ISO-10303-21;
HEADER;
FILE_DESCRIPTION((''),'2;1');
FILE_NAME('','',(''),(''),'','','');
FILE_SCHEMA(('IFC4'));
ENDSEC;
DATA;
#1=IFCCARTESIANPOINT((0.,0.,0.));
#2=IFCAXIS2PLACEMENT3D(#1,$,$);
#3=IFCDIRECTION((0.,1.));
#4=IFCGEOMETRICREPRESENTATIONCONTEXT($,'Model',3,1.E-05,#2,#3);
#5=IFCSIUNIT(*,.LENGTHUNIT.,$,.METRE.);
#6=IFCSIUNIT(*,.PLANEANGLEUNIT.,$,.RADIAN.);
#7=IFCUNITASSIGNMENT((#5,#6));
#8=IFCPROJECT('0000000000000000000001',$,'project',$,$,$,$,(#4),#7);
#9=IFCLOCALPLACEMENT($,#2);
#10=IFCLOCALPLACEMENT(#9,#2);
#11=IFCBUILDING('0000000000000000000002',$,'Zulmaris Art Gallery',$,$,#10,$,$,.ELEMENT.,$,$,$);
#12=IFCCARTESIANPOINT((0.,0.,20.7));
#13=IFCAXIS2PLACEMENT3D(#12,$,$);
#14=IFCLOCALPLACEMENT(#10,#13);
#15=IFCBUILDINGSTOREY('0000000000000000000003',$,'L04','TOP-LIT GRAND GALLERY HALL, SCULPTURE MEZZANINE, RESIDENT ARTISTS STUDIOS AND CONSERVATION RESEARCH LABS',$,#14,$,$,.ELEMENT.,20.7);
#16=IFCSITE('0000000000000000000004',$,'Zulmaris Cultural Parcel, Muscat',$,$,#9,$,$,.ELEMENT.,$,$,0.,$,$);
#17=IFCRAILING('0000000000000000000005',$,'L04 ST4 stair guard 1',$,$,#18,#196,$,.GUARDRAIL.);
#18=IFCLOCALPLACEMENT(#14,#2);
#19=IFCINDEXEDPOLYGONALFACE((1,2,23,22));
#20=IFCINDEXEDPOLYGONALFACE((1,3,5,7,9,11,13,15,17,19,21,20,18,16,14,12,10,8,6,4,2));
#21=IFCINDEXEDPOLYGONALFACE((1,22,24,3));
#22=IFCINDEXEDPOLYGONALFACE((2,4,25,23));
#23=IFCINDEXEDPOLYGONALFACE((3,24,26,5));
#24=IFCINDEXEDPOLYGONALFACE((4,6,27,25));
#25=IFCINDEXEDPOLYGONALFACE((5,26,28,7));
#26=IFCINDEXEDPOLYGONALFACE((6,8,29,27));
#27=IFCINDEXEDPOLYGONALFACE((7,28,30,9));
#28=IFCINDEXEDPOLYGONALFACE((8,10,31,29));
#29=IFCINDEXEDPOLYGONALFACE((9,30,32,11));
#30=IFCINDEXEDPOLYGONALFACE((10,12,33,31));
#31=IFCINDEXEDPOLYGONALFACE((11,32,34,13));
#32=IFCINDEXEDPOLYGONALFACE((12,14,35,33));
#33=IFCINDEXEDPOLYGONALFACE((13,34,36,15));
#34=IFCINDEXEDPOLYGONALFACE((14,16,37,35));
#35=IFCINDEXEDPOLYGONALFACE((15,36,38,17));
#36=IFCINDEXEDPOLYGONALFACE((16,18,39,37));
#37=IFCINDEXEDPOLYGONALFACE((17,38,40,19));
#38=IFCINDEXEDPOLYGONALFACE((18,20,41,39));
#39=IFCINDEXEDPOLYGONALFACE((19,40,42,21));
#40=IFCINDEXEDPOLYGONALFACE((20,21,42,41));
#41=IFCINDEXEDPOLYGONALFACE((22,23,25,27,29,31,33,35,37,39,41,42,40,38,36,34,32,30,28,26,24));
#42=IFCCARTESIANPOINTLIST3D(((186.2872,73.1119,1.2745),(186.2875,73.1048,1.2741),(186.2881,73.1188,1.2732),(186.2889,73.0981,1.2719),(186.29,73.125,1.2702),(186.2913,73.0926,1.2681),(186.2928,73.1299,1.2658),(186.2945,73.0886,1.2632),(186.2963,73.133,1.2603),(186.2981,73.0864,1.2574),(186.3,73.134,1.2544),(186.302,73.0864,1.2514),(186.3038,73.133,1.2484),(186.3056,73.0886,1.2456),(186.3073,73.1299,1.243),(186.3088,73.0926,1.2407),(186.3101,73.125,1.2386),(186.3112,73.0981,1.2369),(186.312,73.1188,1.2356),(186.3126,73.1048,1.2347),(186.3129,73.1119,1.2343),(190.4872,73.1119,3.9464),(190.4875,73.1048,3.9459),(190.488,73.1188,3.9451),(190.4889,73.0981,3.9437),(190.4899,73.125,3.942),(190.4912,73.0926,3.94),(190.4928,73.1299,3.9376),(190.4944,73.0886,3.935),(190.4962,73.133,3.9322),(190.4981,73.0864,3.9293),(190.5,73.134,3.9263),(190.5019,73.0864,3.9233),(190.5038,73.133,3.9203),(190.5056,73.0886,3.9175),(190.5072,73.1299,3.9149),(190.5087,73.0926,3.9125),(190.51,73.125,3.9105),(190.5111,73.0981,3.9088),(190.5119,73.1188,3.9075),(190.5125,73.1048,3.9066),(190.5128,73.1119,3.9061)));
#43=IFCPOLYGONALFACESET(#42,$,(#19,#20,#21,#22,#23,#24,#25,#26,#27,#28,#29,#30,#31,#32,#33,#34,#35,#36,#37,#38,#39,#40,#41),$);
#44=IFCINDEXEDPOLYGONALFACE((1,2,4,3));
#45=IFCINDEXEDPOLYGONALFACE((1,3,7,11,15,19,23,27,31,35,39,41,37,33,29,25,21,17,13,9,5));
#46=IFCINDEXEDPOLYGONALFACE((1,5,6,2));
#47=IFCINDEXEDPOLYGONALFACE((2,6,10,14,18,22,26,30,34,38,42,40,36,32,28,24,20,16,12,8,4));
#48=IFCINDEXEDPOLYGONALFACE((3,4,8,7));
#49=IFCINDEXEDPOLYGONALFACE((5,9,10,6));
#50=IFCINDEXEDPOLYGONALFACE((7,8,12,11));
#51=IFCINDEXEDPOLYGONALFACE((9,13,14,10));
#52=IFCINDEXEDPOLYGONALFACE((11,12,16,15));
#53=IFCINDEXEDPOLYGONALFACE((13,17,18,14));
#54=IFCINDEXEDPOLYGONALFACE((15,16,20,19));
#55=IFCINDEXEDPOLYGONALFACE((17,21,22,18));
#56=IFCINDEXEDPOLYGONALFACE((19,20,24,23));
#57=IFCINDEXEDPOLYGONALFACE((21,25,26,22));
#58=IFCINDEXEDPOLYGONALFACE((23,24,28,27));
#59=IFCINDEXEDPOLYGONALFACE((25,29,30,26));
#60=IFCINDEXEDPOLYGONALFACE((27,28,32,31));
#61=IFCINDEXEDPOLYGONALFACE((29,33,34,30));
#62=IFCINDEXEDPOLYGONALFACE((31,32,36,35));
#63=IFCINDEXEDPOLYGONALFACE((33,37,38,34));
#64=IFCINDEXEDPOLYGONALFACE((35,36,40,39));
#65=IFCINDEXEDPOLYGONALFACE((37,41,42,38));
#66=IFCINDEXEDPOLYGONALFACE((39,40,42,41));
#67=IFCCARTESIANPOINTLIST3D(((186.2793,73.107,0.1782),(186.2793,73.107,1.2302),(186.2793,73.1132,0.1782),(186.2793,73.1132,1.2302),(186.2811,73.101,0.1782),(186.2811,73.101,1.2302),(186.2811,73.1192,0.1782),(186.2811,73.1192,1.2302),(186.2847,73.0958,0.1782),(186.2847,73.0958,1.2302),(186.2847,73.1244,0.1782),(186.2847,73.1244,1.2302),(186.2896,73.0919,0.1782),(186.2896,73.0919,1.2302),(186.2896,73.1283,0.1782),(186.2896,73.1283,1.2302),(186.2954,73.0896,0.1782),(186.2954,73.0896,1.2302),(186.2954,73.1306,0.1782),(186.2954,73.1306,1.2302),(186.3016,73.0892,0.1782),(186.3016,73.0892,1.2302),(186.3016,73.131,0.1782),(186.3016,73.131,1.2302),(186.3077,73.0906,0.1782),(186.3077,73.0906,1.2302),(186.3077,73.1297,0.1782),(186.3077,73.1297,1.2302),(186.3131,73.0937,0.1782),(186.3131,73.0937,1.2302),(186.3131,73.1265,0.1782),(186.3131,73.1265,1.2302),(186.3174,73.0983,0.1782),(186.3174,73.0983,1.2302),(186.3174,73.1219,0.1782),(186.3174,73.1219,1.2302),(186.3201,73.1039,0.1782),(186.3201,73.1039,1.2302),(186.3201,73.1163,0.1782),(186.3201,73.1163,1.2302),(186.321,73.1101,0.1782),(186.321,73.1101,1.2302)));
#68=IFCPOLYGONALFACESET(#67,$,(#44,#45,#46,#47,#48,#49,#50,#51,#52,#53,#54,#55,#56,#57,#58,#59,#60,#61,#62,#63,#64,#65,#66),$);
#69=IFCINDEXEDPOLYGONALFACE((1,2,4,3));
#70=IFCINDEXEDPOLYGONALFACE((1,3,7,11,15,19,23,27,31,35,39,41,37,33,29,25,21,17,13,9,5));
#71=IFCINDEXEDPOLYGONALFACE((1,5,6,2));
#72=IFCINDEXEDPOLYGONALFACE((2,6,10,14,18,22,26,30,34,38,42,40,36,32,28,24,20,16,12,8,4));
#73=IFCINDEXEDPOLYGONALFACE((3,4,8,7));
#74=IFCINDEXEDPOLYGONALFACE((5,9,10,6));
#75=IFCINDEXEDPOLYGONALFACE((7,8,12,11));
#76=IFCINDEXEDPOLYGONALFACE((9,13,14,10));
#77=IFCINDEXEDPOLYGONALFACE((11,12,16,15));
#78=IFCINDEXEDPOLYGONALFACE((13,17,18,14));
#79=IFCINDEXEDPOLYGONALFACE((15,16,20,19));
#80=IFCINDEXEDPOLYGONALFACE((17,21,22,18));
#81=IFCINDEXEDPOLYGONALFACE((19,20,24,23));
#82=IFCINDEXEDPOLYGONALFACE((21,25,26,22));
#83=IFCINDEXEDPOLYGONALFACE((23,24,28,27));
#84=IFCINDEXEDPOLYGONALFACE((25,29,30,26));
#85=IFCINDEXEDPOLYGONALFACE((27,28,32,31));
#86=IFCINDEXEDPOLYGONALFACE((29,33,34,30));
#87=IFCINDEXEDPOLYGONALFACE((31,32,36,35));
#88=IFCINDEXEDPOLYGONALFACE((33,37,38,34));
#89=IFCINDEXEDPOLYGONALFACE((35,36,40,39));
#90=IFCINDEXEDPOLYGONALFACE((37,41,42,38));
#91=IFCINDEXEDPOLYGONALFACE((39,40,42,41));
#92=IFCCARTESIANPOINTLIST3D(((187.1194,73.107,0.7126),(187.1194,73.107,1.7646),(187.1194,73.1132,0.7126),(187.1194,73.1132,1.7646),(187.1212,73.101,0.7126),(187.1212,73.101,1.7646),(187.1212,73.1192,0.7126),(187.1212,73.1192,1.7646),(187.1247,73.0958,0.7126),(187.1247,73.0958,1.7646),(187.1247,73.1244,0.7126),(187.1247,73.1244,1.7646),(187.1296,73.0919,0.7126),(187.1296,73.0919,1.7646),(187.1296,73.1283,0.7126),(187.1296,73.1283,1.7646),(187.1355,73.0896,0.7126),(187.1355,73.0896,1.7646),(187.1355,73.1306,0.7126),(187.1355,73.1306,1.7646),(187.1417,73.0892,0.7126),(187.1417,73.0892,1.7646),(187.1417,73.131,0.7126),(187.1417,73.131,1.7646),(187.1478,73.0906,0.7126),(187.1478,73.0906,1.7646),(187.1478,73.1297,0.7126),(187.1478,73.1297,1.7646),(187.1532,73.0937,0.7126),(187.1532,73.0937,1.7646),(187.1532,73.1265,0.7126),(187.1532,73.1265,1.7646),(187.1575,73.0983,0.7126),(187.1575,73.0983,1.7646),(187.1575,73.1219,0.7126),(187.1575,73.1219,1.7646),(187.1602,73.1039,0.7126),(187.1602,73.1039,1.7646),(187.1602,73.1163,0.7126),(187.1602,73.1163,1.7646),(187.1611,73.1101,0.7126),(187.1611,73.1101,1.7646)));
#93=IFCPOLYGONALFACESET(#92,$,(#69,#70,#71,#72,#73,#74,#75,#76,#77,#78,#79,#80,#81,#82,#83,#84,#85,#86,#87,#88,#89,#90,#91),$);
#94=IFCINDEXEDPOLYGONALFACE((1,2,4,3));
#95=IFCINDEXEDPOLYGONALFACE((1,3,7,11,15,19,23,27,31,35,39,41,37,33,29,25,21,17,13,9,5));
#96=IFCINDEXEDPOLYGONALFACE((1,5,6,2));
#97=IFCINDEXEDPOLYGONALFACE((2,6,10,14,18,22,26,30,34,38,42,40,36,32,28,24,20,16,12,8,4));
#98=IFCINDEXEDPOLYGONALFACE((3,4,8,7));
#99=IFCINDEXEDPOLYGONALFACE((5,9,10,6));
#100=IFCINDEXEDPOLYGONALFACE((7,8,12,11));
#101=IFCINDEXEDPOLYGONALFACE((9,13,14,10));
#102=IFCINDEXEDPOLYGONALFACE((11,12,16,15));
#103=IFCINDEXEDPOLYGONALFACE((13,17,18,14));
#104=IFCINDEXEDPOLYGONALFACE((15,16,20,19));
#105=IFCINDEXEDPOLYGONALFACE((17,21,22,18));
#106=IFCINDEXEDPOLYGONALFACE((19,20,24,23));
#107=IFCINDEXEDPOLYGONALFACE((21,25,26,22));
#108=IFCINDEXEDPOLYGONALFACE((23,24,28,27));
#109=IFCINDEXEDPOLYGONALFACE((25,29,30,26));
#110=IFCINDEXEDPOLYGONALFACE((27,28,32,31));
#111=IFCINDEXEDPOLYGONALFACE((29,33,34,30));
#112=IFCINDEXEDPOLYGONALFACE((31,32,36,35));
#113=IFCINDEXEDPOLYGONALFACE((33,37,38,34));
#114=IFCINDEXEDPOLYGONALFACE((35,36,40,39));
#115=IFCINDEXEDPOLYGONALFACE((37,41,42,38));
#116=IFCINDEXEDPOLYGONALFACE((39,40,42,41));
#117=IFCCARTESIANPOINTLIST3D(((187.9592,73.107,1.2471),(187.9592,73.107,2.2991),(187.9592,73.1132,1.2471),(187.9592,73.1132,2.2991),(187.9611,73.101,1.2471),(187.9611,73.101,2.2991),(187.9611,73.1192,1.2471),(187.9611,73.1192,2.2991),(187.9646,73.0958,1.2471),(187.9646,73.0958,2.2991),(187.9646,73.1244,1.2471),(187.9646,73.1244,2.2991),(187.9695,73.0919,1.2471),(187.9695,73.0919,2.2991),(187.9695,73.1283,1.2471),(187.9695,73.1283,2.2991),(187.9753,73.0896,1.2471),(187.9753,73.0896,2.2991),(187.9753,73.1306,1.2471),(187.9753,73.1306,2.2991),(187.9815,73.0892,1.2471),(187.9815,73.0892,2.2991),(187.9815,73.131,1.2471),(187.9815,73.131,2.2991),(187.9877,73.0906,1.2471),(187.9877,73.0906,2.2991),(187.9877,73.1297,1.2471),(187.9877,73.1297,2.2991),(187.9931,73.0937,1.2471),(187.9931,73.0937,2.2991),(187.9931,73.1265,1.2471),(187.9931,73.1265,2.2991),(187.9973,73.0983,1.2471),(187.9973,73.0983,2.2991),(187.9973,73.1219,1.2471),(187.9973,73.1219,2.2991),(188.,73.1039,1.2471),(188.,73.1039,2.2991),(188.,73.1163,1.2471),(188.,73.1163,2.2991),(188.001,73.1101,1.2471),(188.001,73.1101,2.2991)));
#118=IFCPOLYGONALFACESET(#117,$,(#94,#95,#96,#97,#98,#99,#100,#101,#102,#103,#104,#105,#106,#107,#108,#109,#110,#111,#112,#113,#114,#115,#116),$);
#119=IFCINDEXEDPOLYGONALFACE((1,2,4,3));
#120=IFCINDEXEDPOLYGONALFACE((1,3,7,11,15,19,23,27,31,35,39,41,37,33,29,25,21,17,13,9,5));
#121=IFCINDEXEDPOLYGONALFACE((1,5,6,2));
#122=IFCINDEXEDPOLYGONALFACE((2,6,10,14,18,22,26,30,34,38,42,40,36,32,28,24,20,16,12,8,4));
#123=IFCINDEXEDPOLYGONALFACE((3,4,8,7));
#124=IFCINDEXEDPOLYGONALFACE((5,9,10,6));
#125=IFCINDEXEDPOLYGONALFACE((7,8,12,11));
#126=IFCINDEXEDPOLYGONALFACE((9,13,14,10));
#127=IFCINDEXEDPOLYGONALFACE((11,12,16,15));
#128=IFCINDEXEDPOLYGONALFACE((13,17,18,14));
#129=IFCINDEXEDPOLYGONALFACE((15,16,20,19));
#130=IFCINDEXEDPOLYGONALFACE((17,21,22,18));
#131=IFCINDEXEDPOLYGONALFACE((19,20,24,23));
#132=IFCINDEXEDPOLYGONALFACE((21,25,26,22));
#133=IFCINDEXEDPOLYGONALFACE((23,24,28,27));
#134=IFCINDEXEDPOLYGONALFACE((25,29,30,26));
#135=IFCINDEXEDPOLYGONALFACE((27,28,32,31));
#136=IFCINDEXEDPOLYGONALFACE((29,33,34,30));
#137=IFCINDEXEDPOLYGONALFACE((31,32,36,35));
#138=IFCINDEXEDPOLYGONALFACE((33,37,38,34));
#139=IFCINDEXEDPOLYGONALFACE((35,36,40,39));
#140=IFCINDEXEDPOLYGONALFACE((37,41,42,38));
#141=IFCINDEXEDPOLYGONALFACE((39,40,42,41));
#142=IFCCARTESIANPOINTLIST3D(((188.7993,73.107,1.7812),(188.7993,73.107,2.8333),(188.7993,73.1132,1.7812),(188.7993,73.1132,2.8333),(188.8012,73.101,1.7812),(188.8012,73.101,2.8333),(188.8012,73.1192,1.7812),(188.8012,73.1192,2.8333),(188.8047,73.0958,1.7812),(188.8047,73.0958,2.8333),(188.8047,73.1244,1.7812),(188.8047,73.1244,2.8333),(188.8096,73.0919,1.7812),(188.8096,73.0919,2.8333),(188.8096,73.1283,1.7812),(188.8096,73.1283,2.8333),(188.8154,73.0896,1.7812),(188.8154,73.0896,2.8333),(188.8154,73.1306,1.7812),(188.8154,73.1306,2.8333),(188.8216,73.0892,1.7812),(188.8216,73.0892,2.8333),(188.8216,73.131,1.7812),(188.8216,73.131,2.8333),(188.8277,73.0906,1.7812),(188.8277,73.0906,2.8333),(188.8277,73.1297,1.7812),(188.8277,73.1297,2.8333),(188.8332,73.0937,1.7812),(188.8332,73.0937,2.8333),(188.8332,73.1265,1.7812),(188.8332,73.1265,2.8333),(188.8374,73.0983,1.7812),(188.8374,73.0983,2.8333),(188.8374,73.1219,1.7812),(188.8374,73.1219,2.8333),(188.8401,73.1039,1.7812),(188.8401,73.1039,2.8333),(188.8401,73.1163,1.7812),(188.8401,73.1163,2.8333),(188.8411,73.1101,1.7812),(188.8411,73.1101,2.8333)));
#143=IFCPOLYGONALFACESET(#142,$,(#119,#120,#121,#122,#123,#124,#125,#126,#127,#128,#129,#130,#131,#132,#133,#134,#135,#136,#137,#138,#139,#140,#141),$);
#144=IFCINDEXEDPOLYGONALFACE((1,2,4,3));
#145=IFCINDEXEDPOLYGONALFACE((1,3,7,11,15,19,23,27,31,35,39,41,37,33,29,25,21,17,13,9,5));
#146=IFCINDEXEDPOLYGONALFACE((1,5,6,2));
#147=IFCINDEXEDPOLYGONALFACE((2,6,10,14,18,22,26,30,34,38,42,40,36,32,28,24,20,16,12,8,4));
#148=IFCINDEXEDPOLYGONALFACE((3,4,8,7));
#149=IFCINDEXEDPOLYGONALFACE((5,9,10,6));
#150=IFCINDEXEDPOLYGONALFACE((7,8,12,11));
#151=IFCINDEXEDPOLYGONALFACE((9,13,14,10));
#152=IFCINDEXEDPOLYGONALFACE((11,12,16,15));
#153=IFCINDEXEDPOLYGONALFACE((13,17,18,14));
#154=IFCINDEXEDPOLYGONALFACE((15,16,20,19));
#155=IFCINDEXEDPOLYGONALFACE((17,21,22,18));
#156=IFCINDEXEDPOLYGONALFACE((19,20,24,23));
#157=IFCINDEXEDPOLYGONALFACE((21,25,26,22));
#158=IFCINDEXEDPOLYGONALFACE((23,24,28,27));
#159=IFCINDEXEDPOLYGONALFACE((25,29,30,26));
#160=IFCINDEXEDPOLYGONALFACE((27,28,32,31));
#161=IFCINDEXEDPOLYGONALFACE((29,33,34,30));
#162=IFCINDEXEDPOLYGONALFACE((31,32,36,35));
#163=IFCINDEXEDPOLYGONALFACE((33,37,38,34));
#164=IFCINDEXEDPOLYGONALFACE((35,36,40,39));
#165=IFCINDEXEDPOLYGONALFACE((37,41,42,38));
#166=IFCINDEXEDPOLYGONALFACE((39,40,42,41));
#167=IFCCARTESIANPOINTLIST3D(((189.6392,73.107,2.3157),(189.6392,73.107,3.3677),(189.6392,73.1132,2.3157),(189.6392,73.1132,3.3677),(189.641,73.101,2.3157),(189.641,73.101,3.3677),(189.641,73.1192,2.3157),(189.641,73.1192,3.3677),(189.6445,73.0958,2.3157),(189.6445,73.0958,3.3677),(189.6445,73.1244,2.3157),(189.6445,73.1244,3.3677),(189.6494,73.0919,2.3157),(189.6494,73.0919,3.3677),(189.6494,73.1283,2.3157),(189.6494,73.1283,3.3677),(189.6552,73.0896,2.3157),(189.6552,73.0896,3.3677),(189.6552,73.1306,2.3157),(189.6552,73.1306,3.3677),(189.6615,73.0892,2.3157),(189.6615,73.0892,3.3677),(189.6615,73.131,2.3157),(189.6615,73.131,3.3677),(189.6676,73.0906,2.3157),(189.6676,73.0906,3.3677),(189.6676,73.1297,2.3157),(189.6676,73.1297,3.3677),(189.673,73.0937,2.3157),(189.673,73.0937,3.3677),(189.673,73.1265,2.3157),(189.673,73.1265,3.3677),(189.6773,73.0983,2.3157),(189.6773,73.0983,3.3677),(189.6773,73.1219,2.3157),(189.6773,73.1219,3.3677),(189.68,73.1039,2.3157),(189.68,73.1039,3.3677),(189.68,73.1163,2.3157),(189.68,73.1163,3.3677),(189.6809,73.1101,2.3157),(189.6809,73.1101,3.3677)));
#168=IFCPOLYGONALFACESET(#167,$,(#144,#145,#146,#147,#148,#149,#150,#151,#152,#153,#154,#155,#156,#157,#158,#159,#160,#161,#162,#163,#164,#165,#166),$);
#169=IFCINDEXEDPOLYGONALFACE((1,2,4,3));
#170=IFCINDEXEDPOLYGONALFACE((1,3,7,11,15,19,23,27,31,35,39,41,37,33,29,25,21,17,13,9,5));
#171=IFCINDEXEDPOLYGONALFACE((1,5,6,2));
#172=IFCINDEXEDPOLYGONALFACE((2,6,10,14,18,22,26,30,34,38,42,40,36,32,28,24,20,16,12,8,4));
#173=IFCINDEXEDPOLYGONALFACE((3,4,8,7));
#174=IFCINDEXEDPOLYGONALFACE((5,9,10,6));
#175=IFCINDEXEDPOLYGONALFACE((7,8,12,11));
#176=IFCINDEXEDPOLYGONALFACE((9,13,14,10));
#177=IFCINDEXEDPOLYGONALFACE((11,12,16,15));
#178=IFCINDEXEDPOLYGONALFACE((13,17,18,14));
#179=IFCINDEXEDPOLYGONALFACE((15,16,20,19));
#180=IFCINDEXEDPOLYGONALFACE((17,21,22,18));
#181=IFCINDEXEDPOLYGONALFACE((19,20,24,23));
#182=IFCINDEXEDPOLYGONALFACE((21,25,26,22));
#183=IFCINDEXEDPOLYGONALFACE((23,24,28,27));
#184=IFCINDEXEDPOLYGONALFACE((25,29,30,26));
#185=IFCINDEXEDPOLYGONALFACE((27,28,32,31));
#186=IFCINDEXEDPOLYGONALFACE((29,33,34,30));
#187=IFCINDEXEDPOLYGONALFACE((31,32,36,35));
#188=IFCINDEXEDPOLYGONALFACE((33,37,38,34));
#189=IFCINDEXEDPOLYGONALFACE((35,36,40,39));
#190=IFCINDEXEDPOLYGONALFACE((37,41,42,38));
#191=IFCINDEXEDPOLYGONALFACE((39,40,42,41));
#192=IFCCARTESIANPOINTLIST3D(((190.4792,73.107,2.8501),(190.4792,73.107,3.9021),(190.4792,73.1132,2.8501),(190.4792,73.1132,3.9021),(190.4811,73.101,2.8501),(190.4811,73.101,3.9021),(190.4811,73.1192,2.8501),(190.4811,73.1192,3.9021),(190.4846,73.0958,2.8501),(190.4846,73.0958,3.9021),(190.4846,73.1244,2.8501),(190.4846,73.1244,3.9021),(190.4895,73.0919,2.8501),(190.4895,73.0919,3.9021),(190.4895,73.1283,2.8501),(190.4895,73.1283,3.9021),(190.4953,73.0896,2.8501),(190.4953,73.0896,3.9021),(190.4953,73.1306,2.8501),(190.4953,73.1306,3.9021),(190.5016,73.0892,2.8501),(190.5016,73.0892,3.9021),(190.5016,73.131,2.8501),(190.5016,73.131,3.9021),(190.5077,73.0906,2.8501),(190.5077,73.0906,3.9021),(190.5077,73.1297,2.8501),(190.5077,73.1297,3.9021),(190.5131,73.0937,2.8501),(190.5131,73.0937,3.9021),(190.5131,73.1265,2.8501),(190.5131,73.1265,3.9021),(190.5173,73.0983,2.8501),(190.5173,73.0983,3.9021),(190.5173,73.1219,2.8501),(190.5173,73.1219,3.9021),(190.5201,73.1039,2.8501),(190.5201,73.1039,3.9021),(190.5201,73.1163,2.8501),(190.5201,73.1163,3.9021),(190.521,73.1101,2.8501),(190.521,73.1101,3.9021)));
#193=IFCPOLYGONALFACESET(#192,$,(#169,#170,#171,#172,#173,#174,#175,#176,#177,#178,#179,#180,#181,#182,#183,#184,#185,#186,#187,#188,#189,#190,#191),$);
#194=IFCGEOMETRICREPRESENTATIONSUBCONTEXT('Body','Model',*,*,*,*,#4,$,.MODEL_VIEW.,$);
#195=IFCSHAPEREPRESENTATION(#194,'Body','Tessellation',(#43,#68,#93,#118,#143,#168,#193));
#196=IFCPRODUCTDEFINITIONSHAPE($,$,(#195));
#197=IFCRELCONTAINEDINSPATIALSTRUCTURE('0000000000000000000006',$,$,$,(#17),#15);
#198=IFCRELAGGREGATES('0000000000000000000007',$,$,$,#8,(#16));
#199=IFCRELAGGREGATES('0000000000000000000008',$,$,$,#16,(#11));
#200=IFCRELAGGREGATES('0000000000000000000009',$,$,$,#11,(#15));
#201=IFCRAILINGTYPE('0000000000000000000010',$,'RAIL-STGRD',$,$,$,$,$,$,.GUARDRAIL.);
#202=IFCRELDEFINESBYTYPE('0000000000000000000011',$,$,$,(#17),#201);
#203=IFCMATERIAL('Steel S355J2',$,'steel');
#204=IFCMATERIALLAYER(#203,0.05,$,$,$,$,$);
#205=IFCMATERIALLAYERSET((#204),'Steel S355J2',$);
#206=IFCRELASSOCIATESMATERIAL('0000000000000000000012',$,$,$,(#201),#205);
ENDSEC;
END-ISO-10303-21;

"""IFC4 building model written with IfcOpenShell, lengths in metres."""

from ifc_helpers import new_model, si_unit, direction, frame, origin, origin_2d, place, context, subcontext, project, spatial, circle, extrude, material, layer, layer_set, type_object, element, save


model = new_model("IFC4")

# Units and contexts
model_context = context("Model", 3, precision=1e-05, world=origin(), true_north=direction((0.0, 1.0)))
body_context = subcontext(model_context, "Body", "Model", "MODEL_VIEW")
ifc_project = project(units=[si_unit("LENGTHUNIT", "METRE"), si_unit("PLANEANGLEUNIT", "RADIAN")], contexts=[model_context])

# Site, building, storey
site_placement = place(None, origin())
site = spatial("IfcSite", under=ifc_project, at=site_placement, Name="Zulmaris Cultural Parcel, Muscat", CompositionType="ELEMENT", RefElevation=0.0)
building_placement = place(site_placement, origin())
building = spatial("IfcBuilding", under=site, at=building_placement, Name="Zulmaris Art Gallery", CompositionType="ELEMENT")
storey_placement = place(building_placement, frame((0.0, 0.0, 20.7)))
storey = spatial("IfcBuildingStorey", under=building, at=storey_placement, Name="L04", Description="TOP-LIT GRAND GALLERY HALL, SCULPTURE MEZZANINE, RESIDENT ARTISTS STUDIOS AND CONSERVATION RESEARCH LABS", CompositionType="ELEMENT", Elevation=20.7)

# Shared definitions
ifc_material_1 = material(Name="Steel S355J2", Category="steel")

# Railing
ifc_layer_1 = layer(ifc_material_1, 0.05)
ifc_layer_set_1 = layer_set([ifc_layer_1], Name="Steel S355J2")
railing_type_1 = type_object("IfcRailingType", Name="RAIL-STGRD", PredefinedType="GUARDRAIL", material=ifc_layer_set_1)
railing_1_placement = place(storey_placement, frame((186.3, 73.1101, 0.1782)))
element("IfcRailing", 1, at=railing_1_placement, inside=storey, type_object=railing_type_1, Name="L04 ST4 stair guard 1", PredefinedType="GUARDRAIL", context=body_context, shape_type="SweptSolid", body=[
    extrude(circle(Radius=0.0239, at=origin_2d()), frame((0.0, 0.0, 1.0762), z_axis=(0.843736, 0.0, 0.536758), x_axis=(0.0, 1.0, 0.0)), (0.0, 0.0, 1.0), 4.9778),
    extrude(circle(Radius=0.021, at=origin_2d()), origin(), (0.0, 0.0, 1.0), 1.052),
    extrude(circle(Radius=0.021, at=origin_2d()), frame((0.8401, 0.0, 0.5344)), (0.0, 0.0, 1.0), 1.052),
    extrude(circle(Radius=0.021, at=origin_2d()), frame((1.6799, 0.0, 1.0688)), (0.0, 0.0, 1.0), 1.052),
    extrude(circle(Radius=0.021, at=origin_2d()), frame((2.52, 0.0, 1.603)), (0.0, 0.0, 1.0), 1.052),
    extrude(circle(Radius=0.021, at=origin_2d()), frame((3.3599, 0.0, 2.1375)), (0.0, 0.0, 1.0), 1.052),
    extrude(circle(Radius=0.021, at=origin_2d()), frame((4.2, 0.0, 2.6719)), (0.0, 0.0, 1.0), 1.052),
])

save(model, "model.ifc")
